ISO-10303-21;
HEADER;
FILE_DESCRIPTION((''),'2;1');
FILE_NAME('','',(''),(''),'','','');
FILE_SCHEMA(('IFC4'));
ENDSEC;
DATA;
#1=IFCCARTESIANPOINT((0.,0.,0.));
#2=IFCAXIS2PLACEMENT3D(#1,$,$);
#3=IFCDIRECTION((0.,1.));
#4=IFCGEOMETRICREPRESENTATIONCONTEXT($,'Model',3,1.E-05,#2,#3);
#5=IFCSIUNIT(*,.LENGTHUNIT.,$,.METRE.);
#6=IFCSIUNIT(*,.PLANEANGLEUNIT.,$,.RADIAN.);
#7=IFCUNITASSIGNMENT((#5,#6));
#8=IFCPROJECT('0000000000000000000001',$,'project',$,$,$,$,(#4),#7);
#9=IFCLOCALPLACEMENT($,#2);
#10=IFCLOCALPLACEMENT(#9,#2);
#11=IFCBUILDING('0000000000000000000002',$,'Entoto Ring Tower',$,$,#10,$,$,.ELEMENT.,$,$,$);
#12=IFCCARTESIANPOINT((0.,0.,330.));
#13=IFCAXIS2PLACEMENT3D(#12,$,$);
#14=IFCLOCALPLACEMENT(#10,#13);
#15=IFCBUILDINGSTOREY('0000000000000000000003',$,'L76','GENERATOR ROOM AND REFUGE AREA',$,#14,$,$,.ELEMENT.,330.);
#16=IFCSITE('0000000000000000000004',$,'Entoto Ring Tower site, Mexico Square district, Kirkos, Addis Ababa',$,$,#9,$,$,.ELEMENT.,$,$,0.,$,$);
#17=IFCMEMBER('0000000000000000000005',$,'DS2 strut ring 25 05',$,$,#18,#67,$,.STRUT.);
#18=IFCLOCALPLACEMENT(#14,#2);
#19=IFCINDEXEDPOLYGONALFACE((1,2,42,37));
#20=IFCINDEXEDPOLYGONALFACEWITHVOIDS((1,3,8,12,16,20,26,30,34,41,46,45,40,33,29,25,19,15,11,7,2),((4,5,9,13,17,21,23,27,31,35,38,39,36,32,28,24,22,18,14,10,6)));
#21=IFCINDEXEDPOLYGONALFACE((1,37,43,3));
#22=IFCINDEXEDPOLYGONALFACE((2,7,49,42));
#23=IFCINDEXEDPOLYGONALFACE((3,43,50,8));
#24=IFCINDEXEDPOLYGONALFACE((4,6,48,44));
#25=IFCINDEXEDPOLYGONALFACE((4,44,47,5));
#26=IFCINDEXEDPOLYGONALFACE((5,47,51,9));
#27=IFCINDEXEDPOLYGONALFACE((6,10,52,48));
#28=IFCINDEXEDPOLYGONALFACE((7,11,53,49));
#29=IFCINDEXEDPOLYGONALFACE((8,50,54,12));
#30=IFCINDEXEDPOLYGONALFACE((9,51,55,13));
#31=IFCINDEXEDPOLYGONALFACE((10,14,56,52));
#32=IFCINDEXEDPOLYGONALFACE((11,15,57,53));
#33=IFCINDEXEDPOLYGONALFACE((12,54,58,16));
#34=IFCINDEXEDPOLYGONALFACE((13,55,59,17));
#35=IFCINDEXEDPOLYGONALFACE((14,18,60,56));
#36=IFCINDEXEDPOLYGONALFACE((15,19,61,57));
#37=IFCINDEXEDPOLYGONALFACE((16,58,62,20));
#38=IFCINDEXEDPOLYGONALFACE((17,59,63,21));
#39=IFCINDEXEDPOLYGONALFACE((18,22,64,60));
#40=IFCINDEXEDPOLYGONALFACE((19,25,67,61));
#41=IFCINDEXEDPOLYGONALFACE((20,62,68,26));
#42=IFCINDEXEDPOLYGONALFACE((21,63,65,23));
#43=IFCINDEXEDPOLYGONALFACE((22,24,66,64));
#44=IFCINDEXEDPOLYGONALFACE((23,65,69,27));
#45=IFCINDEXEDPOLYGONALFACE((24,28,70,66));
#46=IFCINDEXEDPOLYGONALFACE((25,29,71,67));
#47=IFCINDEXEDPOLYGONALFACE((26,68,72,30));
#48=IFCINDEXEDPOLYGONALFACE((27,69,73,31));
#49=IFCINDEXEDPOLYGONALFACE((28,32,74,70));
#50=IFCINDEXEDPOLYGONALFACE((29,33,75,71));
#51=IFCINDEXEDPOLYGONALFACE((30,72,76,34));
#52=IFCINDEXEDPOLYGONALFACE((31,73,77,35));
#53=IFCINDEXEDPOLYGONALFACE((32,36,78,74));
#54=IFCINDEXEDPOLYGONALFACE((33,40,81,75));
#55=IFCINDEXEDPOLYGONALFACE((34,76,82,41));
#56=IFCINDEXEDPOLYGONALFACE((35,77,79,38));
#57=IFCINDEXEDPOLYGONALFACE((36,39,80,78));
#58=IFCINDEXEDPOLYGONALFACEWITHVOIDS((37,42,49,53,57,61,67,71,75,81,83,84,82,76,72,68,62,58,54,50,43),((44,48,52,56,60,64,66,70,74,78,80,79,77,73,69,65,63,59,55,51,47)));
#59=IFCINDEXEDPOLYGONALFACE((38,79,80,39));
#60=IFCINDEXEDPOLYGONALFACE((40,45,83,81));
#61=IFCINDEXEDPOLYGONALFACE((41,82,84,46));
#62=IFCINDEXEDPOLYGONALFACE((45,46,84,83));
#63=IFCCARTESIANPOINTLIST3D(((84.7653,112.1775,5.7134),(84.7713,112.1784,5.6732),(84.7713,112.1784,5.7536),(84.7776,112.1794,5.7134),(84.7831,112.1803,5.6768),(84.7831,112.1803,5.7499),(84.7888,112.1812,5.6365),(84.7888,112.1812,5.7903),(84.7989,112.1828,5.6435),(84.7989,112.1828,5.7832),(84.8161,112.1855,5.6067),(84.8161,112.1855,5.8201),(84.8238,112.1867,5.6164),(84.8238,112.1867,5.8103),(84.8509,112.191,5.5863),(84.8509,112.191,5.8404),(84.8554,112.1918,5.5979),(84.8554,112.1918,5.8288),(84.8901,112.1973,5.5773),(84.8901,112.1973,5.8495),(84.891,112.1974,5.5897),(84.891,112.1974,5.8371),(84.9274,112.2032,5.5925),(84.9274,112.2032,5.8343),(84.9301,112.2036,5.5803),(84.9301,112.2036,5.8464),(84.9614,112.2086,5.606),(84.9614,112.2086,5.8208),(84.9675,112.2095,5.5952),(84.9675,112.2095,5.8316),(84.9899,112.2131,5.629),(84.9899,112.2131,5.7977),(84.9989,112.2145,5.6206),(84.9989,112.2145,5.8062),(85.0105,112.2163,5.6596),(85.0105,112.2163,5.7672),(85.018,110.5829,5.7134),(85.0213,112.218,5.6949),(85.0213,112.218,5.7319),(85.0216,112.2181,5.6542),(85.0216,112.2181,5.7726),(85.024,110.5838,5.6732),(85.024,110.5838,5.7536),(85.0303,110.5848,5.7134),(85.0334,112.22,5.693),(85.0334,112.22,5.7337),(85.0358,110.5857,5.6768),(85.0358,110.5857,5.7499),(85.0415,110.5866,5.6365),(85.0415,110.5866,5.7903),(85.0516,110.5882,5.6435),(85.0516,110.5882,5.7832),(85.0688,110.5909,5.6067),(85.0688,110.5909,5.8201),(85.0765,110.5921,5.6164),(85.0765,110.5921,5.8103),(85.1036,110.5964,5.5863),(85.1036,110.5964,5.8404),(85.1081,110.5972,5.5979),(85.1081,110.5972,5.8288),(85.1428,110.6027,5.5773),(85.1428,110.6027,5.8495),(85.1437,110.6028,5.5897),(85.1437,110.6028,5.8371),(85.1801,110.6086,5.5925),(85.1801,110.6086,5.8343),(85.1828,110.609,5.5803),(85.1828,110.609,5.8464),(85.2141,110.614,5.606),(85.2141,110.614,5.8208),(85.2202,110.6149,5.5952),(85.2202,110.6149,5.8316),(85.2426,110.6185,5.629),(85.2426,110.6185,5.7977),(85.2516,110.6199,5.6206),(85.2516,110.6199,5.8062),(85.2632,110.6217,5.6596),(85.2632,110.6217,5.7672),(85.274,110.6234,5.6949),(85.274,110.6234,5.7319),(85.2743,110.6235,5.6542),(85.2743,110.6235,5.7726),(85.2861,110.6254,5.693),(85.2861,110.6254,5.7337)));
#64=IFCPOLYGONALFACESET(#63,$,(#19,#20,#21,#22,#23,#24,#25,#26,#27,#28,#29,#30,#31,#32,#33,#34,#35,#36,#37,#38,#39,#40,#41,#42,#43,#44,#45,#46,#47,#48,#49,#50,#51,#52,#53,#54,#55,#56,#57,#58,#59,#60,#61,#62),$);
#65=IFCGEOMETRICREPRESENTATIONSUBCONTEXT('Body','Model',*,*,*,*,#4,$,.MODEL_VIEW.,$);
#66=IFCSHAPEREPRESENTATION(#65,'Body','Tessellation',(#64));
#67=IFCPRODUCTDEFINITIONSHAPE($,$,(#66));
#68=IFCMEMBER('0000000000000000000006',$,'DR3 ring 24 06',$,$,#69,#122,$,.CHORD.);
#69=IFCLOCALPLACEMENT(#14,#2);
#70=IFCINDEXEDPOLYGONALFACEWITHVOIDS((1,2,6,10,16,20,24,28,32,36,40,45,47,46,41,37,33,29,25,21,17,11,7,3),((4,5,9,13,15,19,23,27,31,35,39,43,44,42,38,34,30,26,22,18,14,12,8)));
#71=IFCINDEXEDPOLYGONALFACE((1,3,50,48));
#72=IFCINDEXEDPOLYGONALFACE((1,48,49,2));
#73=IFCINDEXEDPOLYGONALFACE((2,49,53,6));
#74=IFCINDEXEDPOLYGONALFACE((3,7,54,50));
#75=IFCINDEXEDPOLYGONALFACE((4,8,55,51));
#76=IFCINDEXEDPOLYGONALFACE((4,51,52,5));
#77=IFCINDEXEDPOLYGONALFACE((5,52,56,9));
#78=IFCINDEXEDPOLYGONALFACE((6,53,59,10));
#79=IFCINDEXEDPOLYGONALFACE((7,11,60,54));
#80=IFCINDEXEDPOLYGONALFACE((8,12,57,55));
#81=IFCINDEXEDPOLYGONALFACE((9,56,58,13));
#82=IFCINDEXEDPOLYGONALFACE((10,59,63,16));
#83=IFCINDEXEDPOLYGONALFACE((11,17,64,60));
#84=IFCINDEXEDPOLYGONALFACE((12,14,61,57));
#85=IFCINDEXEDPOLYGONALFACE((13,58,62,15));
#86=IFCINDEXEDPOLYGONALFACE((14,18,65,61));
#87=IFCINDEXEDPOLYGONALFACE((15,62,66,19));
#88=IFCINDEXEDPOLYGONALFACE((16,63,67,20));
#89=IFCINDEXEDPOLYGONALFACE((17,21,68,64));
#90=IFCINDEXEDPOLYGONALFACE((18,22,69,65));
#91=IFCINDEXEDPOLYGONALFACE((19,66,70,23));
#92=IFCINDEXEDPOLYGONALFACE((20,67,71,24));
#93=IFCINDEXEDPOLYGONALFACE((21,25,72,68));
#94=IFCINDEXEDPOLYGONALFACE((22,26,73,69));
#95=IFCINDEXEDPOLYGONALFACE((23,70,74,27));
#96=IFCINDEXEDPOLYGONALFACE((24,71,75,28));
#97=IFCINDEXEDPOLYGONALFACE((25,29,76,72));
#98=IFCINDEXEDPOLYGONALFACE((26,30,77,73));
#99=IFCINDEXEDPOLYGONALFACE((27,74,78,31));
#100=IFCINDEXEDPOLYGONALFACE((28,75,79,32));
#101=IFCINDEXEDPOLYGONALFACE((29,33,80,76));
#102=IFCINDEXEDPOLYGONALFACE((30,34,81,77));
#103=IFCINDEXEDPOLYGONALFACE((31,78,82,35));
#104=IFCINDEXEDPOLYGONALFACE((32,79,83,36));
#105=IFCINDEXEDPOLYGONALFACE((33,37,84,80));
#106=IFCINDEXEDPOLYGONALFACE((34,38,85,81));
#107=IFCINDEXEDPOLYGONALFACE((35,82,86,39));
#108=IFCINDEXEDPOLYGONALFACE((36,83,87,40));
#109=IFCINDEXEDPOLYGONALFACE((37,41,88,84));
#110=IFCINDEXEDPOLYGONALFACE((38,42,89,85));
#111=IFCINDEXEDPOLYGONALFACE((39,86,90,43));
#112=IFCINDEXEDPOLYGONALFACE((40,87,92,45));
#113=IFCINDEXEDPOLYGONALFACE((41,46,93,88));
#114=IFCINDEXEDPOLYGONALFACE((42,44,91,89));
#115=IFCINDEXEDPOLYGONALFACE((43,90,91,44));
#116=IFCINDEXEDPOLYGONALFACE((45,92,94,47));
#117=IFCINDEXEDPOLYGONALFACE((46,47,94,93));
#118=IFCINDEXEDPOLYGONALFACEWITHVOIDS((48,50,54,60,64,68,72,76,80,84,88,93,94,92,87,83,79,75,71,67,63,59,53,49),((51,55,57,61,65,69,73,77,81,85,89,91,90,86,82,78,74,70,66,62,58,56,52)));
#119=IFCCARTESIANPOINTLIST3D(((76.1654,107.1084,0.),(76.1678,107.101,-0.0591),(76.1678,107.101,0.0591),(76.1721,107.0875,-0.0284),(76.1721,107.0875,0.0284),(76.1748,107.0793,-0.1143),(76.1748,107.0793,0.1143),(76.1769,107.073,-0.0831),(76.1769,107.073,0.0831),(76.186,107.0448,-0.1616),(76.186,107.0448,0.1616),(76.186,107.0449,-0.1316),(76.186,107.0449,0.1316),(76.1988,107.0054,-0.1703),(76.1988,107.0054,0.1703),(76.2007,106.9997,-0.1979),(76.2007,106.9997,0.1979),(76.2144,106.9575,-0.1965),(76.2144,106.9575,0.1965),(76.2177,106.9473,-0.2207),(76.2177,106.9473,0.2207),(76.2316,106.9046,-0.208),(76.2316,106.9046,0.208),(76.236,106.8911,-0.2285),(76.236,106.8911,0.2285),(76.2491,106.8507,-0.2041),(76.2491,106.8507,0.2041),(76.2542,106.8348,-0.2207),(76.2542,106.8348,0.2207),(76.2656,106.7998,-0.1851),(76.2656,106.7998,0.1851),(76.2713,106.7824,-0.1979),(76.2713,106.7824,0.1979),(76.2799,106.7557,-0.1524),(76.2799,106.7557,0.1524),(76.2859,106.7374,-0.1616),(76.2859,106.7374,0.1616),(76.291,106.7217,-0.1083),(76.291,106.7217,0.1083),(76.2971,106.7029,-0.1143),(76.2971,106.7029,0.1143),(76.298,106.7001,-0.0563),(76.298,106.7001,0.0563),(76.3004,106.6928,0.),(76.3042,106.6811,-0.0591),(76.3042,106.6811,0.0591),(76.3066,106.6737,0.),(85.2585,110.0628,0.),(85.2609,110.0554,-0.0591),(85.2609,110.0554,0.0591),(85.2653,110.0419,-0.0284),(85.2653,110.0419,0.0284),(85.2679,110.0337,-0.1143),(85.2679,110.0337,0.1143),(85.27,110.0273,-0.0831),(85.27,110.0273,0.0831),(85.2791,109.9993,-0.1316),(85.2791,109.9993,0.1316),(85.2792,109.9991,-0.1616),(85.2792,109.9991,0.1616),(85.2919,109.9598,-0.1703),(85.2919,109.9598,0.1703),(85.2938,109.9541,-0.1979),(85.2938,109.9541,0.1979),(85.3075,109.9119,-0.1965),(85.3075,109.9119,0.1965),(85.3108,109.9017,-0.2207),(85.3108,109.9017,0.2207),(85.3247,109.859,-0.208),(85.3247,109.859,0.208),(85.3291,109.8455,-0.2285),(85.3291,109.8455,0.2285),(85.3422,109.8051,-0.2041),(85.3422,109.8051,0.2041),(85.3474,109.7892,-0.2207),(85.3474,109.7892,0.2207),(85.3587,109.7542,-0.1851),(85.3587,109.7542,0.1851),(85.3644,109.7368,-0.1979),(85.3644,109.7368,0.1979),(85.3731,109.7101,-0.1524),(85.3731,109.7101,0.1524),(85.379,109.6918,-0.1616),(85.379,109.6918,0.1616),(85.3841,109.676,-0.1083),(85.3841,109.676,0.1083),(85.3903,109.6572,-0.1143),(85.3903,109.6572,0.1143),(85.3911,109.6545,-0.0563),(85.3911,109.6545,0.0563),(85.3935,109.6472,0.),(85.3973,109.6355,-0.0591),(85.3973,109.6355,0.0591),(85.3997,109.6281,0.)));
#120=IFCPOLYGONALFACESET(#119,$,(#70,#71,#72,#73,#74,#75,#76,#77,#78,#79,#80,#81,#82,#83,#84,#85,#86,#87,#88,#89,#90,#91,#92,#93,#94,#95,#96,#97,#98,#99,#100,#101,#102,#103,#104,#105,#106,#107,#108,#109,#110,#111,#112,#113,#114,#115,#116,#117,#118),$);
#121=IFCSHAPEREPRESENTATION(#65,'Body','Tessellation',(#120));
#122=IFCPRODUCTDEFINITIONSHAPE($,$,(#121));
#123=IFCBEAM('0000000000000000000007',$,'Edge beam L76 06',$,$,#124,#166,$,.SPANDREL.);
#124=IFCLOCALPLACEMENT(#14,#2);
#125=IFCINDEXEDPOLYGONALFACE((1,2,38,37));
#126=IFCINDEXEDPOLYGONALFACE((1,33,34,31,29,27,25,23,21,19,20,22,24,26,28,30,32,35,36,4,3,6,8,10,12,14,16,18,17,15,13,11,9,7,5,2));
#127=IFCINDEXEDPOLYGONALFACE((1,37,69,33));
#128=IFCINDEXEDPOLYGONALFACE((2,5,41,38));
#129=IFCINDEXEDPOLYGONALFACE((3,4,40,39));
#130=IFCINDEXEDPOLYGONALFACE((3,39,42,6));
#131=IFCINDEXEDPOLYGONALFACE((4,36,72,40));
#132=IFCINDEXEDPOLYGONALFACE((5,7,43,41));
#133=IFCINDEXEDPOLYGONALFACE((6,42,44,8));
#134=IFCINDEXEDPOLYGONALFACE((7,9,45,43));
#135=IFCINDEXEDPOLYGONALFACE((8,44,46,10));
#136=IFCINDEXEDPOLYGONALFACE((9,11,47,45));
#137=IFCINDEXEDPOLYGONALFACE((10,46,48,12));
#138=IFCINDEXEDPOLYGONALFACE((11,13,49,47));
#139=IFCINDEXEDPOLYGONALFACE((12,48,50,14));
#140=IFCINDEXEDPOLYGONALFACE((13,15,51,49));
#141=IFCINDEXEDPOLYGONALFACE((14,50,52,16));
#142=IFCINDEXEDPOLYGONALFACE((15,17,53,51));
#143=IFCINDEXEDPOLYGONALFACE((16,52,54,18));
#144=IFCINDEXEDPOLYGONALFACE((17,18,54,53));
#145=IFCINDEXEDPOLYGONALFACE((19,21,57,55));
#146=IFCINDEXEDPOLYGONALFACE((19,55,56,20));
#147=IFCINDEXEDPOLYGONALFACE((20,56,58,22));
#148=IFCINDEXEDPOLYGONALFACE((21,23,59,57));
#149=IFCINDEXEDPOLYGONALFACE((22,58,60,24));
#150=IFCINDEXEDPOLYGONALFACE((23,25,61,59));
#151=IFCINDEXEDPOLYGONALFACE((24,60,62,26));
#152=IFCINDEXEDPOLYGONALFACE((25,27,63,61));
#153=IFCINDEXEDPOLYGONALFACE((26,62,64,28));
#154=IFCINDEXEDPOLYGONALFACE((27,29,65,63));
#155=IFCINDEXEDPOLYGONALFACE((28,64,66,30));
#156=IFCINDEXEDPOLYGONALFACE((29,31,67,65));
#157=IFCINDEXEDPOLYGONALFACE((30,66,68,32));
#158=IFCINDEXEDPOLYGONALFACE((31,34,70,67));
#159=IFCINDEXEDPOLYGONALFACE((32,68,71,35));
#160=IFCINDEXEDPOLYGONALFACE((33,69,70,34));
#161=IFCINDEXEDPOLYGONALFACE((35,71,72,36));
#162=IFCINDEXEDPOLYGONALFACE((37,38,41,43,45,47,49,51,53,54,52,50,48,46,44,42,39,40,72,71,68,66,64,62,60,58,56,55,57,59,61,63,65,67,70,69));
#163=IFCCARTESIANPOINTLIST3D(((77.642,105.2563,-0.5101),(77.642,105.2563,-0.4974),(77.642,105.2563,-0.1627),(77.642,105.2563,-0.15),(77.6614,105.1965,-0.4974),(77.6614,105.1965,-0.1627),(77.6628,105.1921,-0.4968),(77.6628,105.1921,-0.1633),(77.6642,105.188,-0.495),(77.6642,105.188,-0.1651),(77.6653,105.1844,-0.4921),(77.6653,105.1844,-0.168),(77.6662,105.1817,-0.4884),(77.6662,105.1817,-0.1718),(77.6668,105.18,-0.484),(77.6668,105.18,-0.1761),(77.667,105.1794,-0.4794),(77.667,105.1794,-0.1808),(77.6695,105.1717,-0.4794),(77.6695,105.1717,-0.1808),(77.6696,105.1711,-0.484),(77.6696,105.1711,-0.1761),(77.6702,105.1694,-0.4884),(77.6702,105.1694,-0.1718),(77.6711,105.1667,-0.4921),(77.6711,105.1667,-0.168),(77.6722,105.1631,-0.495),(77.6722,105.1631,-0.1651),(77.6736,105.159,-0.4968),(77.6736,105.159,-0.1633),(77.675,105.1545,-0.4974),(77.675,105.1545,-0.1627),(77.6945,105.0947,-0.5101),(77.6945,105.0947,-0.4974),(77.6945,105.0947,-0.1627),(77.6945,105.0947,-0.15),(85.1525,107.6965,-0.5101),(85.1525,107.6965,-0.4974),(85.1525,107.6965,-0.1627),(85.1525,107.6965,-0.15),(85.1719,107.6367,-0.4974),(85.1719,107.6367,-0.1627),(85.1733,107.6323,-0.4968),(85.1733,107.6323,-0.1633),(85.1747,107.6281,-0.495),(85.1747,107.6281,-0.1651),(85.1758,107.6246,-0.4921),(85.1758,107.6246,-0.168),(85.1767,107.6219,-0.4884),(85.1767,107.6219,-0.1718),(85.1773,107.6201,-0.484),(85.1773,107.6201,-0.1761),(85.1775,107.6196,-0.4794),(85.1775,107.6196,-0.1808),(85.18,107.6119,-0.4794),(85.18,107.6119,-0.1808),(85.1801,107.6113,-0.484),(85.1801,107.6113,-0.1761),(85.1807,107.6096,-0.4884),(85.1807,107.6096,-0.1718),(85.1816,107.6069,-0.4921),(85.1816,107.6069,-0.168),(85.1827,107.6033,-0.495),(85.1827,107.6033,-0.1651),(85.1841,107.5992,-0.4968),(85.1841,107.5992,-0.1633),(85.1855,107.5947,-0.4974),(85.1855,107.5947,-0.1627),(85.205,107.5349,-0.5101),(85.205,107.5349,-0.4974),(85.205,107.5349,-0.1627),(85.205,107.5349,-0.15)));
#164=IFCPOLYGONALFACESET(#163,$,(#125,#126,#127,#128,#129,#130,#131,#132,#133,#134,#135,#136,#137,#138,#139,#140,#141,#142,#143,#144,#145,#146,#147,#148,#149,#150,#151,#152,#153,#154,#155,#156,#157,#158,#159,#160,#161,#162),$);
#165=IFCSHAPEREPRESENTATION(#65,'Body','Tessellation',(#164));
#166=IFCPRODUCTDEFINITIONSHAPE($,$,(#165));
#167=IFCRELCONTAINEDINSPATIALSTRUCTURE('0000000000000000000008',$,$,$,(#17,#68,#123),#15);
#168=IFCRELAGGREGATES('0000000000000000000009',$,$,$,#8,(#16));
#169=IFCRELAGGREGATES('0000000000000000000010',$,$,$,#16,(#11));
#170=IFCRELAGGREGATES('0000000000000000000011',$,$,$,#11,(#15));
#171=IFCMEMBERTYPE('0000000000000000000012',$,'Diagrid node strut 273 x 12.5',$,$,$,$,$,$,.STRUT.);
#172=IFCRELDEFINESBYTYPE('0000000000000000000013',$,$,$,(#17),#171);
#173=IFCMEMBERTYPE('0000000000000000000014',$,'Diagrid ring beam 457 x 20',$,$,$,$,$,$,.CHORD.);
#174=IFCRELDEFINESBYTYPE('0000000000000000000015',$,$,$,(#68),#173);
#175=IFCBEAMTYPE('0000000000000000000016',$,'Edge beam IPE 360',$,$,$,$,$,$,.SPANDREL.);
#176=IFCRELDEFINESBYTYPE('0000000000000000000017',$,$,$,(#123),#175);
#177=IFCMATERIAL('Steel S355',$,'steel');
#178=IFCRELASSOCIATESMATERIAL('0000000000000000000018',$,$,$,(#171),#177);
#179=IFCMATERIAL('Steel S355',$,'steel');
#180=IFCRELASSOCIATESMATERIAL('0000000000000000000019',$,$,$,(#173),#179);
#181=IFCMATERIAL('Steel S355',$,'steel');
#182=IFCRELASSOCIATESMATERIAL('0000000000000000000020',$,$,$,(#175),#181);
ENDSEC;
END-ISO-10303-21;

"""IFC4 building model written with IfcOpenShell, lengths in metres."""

from ifc_helpers import new_model, si_unit, direction, frame, origin, origin_2d, place, context, subcontext, project, spatial, circle, hollow_circle, i_section, extrude, material, material_profile, profile_set, type_object, element, save


model = new_model("IFC4")

# Units and contexts
model_context = context("Model", 3, precision=1e-05, world=origin(), true_north=direction((0.0, 1.0)))
body_context = subcontext(model_context, "Body", "Model", "MODEL_VIEW")
ifc_project = project(units=[si_unit("LENGTHUNIT", "METRE"), si_unit("PLANEANGLEUNIT", "RADIAN")], contexts=[model_context])

# Site, building, storey
site_placement = place(None, origin())
site = spatial("IfcSite", under=ifc_project, at=site_placement, Name="Entoto Ring Tower site, Mexico Square district, Kirkos, Addis Ababa", CompositionType="ELEMENT", RefElevation=0.0)
building_placement = place(site_placement, origin())
building = spatial("IfcBuilding", under=site, at=building_placement, Name="Entoto Ring Tower", CompositionType="ELEMENT")
storey_placement = place(building_placement, frame((0.0, 0.0, 330.0)))
storey = spatial("IfcBuildingStorey", under=building, at=storey_placement, Name="L76", Description="GENERATOR ROOM AND REFUGE AREA", CompositionType="ELEMENT", Elevation=330.0)

# Members
ifc_material_1 = material(Name="Steel S355", Category="steel")
ifc_material_profile_1 = material_profile(ifc_material_1, hollow_circle(Radius=0.1365, WallThickness=0.0125, at=origin_2d()), Name="CHS 273 x 12.5")
ifc_material_2 = material(Name="Concrete C60/75", Category="concrete")
ifc_material_profile_2 = material_profile(ifc_material_2, circle(Radius=0.124, at=origin_2d()), Name="Concrete C60/75 infill")
ifc_profile_set_1 = profile_set([ifc_material_profile_1, ifc_material_profile_2], Name="Steel S355")
member_type_1 = type_object("IfcMemberType", Name="Diagrid node strut 273 x 12.5", PredefinedType="STRUT", material=ifc_profile_set_1)
member_1_placement = place(storey_placement, frame((85.1528, 110.6042, 5.7134), z_axis=(-0.156522, 0.987675, 0.0), x_axis=(-0.987675, -0.156522, 0.0)))
element("IfcMember", 1, at=member_1_placement, inside=storey, type_object=member_type_1, Name="DS2 strut ring 25 05", PredefinedType="STRUT", context=body_context, shape_type="SweptSolid", body=[
    extrude(hollow_circle(Radius=0.1365, WallThickness=0.0125, at=origin_2d()), origin(), (0.0, 0.0, 1.0), 1.6145),
])
ifc_material_3 = material(Name="Steel S355", Category="steel")
ifc_material_profile_3 = material_profile(ifc_material_3, hollow_circle(Radius=0.2285, WallThickness=0.02, at=origin_2d()), Name="CHS 457 x 20")
ifc_material_4 = material(Name="Concrete C60/75", Category="concrete")
ifc_material_profile_4 = material_profile(ifc_material_4, circle(Radius=0.2085, at=origin_2d()), Name="Concrete C60/75 infill")
ifc_profile_set_2 = profile_set([ifc_material_profile_3, ifc_material_profile_4], Name="Steel S355")
member_type_2 = type_object("IfcMemberType", Name="Diagrid ring beam 457 x 20", PredefinedType="CHORD", material=ifc_profile_set_2)
member_2_placement = place(storey_placement, frame((85.3291, 109.8455, 0.0), z_axis=(-0.951061, -0.309002, 0.0), x_axis=(0.309002, -0.951061, 0.0)))
element("IfcMember", 2, at=member_2_placement, inside=storey, type_object=member_type_2, Name="DR3 ring 24 06", PredefinedType="CHORD", context=body_context, shape_type="SweptSolid", body=[
    extrude(hollow_circle(Radius=0.2285, WallThickness=0.02, at=origin_2d()), origin(), (0.0, 0.0, 1.0), 9.561),
])

# Beam
ifc_material_5 = material(Name="Steel S355", Category="steel")
ifc_material_profile_5 = material_profile(ifc_material_5, i_section(OverallWidth=0.1699, OverallDepth=0.3601, WebThickness=0.0081, FlangeThickness=0.0127, FilletRadius=0.0181, at=origin_2d()), Name="IPE 360")
ifc_profile_set_3 = profile_set([ifc_material_profile_5], Name="Steel S355")
beam_type_1 = type_object("IfcBeamType", Name="Edge beam IPE 360", PredefinedType="SPANDREL", material=ifc_profile_set_3)
beam_1_placement = place(storey_placement, frame((85.1787, 107.6157, -0.3301), z_axis=(-0.951061, -0.309003, 0.0), x_axis=(0.309003, -0.951061, 0.0)))
element("IfcBeam", 3, at=beam_1_placement, inside=storey, type_object=beam_type_1, Name="Edge beam L76 06", PredefinedType="SPANDREL", context=body_context, shape_type="SweptSolid", body=[
    extrude(i_section(OverallWidth=0.1699, OverallDepth=0.3601, WebThickness=0.0081, FlangeThickness=0.0127, FilletRadius=0.0181, at=origin_2d()), origin(), (0.0, 0.0, 1.0), 7.897),
])

save(model, "model.ifc")
